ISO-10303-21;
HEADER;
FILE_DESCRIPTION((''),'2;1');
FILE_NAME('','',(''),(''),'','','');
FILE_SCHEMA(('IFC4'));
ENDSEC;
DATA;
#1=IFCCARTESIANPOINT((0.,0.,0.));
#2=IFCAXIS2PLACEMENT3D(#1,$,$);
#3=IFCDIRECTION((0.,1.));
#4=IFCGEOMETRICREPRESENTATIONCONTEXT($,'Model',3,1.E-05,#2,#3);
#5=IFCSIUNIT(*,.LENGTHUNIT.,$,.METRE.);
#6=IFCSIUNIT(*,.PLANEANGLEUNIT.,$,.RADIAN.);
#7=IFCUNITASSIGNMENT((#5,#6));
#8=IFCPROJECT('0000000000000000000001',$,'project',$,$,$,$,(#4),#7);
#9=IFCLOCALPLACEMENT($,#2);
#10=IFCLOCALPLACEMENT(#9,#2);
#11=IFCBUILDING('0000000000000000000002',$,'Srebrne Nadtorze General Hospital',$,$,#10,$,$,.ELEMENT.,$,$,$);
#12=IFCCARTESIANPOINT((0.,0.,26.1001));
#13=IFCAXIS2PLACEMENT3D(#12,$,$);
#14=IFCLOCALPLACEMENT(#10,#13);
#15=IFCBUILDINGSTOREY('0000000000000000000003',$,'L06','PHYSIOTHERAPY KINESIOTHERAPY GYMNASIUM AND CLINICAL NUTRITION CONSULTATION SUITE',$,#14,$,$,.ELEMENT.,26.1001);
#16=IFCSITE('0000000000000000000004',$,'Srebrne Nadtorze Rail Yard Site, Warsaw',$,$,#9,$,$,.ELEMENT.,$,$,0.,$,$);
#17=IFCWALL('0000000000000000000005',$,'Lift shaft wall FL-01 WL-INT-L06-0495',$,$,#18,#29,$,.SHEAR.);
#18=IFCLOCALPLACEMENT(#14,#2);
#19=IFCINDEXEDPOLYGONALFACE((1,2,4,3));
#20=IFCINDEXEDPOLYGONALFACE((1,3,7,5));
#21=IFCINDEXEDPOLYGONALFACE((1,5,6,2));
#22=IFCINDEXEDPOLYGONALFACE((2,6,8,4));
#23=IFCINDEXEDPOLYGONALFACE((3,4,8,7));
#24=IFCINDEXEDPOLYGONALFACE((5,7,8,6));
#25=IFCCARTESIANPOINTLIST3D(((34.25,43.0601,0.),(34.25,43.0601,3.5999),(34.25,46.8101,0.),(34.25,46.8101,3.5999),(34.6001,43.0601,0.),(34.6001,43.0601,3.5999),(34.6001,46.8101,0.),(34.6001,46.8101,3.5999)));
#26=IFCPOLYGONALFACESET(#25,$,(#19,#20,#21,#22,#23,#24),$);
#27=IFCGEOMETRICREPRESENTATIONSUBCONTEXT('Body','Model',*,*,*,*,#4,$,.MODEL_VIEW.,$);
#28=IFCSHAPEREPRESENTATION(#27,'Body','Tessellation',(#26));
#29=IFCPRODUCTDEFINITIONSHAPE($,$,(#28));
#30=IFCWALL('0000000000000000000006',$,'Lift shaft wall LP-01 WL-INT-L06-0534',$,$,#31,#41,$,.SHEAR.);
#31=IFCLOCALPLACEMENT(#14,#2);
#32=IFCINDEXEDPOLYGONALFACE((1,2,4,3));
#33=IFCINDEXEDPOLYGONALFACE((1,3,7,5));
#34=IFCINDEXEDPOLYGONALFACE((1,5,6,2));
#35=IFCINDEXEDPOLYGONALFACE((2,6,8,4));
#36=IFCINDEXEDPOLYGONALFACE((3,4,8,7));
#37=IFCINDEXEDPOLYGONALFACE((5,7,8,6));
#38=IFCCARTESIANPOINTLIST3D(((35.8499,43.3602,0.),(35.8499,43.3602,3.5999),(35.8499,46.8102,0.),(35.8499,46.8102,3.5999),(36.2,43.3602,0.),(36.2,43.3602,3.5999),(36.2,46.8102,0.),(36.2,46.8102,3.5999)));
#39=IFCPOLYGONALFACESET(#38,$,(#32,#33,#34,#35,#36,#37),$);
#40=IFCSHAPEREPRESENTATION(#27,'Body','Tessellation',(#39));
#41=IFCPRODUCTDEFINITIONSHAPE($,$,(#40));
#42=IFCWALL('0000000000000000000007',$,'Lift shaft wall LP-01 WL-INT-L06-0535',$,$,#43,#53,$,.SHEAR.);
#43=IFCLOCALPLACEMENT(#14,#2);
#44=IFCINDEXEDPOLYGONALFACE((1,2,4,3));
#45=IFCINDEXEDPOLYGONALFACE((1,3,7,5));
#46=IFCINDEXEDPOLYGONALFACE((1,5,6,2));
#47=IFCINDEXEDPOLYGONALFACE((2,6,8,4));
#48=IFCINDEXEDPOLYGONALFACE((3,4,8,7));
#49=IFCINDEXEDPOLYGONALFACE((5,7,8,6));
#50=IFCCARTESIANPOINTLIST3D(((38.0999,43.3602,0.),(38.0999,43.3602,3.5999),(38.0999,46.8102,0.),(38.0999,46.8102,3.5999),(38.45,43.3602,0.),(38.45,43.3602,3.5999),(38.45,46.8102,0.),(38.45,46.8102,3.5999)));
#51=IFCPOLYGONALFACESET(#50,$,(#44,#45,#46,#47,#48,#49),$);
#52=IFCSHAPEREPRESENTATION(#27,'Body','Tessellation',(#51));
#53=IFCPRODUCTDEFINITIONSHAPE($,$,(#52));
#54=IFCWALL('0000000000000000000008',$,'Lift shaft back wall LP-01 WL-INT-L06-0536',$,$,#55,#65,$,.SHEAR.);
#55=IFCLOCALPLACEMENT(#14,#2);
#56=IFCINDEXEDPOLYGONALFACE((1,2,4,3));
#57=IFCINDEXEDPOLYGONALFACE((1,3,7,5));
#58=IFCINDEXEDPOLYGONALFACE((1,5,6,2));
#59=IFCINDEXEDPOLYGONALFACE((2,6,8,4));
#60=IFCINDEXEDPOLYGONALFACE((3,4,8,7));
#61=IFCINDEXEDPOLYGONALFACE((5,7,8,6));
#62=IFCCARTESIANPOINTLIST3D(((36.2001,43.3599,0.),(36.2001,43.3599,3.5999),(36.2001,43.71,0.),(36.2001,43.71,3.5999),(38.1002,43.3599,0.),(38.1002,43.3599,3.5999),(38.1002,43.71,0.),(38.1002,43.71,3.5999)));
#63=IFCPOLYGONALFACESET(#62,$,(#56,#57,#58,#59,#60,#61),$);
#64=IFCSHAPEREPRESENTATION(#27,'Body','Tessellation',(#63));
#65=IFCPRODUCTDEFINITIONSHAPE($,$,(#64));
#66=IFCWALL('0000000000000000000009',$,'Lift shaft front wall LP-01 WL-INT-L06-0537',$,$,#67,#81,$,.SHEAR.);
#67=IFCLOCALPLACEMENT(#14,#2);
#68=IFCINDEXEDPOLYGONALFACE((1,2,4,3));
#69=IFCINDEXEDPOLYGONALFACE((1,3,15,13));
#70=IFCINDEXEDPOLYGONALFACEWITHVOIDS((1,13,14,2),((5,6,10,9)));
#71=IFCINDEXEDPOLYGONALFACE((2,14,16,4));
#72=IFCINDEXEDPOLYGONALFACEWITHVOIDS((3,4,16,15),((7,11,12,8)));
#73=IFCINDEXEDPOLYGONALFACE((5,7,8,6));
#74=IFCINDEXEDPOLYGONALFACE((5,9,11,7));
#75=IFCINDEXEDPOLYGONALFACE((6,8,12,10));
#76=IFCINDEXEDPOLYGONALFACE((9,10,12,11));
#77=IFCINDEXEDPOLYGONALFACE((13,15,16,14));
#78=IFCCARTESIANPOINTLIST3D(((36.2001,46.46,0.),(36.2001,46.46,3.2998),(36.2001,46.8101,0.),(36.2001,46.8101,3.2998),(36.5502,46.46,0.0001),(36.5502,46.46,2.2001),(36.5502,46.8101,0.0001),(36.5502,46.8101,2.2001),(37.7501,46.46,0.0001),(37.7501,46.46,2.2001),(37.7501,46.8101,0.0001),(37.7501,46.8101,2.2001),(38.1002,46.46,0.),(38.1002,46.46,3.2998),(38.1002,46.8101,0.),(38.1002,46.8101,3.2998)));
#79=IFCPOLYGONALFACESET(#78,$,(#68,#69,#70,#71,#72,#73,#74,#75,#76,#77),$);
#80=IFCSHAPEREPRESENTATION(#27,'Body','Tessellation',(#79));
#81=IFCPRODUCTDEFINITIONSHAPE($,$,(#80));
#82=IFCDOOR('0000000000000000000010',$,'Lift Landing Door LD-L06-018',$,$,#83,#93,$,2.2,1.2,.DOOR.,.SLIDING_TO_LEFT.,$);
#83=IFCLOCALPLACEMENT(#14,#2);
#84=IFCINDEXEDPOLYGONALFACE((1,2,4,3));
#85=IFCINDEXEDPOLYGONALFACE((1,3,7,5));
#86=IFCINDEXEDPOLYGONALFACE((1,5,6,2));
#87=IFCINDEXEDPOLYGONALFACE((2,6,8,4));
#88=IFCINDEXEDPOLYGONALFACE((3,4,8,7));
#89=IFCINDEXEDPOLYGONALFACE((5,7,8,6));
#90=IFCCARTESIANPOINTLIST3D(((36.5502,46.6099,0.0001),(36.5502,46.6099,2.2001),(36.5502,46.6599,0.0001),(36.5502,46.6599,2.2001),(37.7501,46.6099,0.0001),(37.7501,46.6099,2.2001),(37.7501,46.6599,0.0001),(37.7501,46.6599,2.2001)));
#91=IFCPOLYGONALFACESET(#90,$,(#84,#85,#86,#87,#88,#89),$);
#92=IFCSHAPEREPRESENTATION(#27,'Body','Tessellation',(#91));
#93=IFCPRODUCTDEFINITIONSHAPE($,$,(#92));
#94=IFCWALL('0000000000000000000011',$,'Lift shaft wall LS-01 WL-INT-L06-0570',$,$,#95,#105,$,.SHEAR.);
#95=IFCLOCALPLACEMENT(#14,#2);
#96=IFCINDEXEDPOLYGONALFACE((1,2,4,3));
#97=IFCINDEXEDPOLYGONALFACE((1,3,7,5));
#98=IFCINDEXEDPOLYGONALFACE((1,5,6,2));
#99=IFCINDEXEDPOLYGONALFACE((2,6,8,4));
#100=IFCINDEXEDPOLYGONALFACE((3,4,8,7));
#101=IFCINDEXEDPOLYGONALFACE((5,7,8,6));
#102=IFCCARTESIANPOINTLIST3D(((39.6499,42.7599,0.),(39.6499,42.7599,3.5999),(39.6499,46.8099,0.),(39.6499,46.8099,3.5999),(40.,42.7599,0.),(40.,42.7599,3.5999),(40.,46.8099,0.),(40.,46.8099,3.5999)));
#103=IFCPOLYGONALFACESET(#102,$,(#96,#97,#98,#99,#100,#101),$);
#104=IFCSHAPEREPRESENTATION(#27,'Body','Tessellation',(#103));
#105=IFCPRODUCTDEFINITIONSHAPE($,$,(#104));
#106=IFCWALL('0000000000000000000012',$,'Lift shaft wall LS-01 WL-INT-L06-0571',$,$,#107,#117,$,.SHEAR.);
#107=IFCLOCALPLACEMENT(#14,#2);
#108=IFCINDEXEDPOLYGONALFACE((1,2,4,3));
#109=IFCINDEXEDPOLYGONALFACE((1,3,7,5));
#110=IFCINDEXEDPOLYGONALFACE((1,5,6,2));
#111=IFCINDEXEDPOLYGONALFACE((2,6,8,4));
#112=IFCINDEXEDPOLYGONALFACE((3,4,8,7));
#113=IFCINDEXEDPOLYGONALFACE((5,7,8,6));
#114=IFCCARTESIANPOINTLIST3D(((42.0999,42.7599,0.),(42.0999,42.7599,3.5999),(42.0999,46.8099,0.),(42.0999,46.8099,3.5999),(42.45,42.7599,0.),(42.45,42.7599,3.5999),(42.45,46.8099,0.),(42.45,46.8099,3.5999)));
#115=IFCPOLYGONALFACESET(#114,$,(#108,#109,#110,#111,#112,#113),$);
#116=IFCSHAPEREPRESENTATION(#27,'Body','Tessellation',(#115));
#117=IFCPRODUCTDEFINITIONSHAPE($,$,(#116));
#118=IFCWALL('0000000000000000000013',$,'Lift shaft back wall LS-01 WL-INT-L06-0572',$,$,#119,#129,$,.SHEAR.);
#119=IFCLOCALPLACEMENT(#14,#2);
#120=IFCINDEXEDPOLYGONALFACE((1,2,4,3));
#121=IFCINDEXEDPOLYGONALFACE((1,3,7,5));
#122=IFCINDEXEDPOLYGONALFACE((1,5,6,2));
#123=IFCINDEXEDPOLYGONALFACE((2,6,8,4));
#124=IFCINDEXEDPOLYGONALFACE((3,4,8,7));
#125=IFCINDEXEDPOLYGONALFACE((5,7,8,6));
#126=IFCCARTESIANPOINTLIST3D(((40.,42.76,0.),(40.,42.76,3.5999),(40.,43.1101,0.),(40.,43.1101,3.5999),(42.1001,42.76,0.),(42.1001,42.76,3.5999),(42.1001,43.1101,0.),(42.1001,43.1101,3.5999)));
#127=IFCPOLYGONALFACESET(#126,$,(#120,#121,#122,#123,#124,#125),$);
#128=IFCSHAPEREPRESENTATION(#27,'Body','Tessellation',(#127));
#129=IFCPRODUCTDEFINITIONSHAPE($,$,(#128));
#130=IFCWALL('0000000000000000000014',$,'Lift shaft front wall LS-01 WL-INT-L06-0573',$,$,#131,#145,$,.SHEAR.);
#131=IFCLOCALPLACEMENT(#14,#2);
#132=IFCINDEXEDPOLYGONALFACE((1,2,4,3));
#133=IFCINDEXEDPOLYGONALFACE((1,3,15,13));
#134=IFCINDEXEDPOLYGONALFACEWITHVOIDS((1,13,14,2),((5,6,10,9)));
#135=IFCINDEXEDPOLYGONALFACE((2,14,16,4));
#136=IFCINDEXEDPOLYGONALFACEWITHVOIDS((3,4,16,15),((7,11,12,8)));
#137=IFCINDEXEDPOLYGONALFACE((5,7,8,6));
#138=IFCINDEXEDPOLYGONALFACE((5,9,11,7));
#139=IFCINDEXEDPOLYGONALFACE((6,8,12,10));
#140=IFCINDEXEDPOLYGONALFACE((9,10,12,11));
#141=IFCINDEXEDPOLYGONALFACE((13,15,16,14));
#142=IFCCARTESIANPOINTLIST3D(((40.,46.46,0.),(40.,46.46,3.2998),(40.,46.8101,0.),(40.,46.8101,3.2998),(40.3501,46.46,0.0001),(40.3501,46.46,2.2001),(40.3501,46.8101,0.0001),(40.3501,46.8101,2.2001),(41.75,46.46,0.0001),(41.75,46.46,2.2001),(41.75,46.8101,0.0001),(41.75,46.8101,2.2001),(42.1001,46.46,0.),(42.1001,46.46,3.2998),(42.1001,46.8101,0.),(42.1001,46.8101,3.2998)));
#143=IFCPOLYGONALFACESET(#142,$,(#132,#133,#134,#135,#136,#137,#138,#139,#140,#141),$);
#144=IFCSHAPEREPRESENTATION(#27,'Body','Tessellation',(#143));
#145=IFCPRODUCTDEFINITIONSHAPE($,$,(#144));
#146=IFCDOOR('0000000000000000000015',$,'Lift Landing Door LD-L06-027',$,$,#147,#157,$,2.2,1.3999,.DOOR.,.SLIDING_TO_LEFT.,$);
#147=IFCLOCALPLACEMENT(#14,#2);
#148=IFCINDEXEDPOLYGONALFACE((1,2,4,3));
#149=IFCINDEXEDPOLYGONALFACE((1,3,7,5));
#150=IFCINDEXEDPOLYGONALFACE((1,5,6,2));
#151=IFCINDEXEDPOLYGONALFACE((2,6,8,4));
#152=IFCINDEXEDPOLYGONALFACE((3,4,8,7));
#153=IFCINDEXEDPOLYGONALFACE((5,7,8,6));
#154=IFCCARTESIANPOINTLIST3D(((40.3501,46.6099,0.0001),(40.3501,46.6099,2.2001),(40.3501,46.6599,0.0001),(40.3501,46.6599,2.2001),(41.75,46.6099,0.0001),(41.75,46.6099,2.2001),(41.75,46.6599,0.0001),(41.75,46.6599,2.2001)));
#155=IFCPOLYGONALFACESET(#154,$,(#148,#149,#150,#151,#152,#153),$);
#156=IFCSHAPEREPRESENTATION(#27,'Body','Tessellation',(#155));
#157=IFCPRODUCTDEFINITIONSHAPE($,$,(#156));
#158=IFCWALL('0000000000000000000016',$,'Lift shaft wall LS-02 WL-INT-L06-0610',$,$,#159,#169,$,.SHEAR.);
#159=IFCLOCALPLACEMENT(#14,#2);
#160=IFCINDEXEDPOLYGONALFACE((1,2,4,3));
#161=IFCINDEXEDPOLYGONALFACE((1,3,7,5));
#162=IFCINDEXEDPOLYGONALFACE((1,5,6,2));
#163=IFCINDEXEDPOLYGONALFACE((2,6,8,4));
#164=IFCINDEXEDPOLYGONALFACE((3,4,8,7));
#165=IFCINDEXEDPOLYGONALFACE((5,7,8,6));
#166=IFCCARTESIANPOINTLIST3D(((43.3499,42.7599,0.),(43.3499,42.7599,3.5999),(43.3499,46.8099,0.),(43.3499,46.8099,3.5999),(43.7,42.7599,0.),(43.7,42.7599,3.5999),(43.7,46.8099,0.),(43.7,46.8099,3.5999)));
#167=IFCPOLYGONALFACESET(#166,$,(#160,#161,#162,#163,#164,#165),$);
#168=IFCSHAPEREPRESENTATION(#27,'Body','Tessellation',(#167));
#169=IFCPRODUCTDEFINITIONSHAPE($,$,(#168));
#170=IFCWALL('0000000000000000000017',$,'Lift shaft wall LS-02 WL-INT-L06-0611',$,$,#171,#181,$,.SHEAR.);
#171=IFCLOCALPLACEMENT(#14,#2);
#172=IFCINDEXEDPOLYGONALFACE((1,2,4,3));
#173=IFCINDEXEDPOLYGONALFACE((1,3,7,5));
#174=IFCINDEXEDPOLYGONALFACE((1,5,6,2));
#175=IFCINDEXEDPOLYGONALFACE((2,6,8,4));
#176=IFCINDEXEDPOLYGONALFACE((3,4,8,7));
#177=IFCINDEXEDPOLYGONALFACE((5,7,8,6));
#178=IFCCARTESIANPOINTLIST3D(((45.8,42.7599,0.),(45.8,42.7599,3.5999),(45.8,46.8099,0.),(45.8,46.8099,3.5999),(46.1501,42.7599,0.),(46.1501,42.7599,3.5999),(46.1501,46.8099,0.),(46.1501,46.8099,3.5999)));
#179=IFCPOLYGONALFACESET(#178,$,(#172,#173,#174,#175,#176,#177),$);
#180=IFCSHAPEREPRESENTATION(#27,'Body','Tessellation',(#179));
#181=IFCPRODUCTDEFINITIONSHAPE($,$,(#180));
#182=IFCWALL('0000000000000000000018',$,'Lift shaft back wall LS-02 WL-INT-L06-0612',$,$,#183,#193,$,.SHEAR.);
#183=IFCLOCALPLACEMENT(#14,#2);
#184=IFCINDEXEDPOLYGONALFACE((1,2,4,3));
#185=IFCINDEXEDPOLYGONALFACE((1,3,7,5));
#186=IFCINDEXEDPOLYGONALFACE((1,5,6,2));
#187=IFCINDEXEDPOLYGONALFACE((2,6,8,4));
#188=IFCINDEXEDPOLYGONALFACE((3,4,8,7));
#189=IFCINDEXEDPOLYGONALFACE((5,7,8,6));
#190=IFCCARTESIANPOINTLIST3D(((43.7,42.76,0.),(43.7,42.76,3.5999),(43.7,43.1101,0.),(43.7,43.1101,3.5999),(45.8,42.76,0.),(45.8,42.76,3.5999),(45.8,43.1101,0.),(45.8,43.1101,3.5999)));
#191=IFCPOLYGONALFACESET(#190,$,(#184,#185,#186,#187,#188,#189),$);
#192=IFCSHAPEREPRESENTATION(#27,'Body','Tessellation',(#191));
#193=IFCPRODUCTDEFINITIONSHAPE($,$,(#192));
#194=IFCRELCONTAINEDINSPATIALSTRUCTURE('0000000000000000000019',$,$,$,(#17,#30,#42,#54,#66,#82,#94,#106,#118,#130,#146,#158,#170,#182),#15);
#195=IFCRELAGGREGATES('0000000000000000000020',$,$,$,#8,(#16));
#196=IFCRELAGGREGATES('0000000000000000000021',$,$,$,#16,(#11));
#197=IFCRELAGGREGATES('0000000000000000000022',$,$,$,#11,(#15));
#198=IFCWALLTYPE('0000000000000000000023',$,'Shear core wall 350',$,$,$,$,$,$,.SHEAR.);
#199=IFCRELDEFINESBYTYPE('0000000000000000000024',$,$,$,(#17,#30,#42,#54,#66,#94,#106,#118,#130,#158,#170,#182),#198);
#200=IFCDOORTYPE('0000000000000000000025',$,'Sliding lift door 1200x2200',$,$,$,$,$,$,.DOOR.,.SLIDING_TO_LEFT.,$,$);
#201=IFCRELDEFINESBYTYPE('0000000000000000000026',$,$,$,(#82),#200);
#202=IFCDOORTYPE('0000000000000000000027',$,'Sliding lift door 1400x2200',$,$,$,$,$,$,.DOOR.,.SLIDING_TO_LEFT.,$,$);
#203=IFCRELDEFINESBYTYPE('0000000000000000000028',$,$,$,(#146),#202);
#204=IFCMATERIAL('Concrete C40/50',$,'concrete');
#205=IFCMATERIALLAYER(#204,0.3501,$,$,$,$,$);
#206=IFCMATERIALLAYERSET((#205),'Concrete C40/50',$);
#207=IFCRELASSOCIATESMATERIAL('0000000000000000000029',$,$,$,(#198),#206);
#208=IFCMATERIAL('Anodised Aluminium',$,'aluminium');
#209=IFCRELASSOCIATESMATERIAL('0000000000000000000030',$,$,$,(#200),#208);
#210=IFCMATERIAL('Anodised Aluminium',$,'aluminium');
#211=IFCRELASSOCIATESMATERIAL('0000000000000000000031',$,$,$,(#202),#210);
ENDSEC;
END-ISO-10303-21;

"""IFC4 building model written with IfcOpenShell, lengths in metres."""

from ifc_helpers import new_model, si_unit, direction, frame, frame_2d, origin, place, context, subcontext, project, spatial, rectangle, extrude, material, layer, layer_set, type_object, element, fill, save


model = new_model("IFC4")

# Units and contexts
model_context = context("Model", 3, precision=1e-05, world=origin(), true_north=direction((0.0, 1.0)))
body_context = subcontext(model_context, "Body", "Model", "MODEL_VIEW")
ifc_project = project(units=[si_unit("LENGTHUNIT", "METRE"), si_unit("PLANEANGLEUNIT", "RADIAN")], contexts=[model_context])

# Site, building, storey
site_placement = place(None, origin())
site = spatial("IfcSite", under=ifc_project, at=site_placement, Name="Srebrne Nadtorze Rail Yard Site, Warsaw", CompositionType="ELEMENT", RefElevation=0.0)
building_placement = place(site_placement, origin())
building = spatial("IfcBuilding", under=site, at=building_placement, Name="Srebrne Nadtorze General Hospital", CompositionType="ELEMENT")
storey_placement = place(building_placement, frame((0.0, 0.0, 26.1001)))
storey = spatial("IfcBuildingStorey", under=building, at=storey_placement, Name="L06", Description="PHYSIOTHERAPY KINESIOTHERAPY GYMNASIUM AND CLINICAL NUTRITION CONSULTATION SUITE", CompositionType="ELEMENT", Elevation=26.1001)

# Walls
ifc_material_1 = material(Name="Concrete C40/50", Category="concrete")
ifc_layer_1 = layer(ifc_material_1, 0.3501)
ifc_layer_set_1 = layer_set([ifc_layer_1], Name="Concrete C40/50")
wall_type_1 = type_object("IfcWallType", Name="Shear core wall 350", PredefinedType="SHEAR", material=ifc_layer_set_1)
wall_1_placement = place(storey_placement, frame((34.425, 43.0601, 0.0), z_axis=(0.0, 0.0, 1.0), x_axis=(0.0, 1.0, 0.0)))
element("IfcWall", 1, at=wall_1_placement, inside=storey, type_object=wall_type_1, Name="Lift shaft wall FL-01 WL-INT-L06-0495", PredefinedType="SHEAR", context=body_context, shape_type="SweptSolid", body=[
    extrude(rectangle(XDim=3.75, YDim=0.3501, at=frame_2d((1.875, 0.0))), origin(), (0.0, 0.0, 1.0), 3.5999),
])
for number, where, z_axis, x_axis, name in (
    (2, (36.0249, 43.3601, 0.0), (0.0, 0.0, 1.0), (0.0, 1.0, 0.0), "Lift shaft wall LP-01 WL-INT-L06-0534"),
    (3, (38.2749, 43.3601, 0.0), (0.0, 0.0, 1.0), (0.0, 1.0, 0.0), "Lift shaft wall LP-01 WL-INT-L06-0535"),
):
    element("IfcWall", number, at=place(storey_placement, frame(where, z_axis=z_axis, x_axis=x_axis)), inside=storey, type_object=wall_type_1, Name=name, PredefinedType="SHEAR", context=body_context, shape_type="SweptSolid", body=[
        extrude(rectangle(XDim=3.45, YDim=0.3501, at=frame_2d((1.7251, 0.0))), origin(), (0.0, 0.0, 1.0), 3.5999),
    ])
wall_2_placement = place(storey_placement, frame((36.2, 43.5349, 0.0), z_axis=(0.0, 0.0, 1.0), x_axis=(1.0, 0.0, 0.0)))
element("IfcWall", 4, at=wall_2_placement, inside=storey, type_object=wall_type_1, Name="Lift shaft back wall LP-01 WL-INT-L06-0536", PredefinedType="SHEAR", context=body_context, shape_type="SweptSolid", body=[
    extrude(rectangle(XDim=1.9001, YDim=0.3501, at=frame_2d((0.9502, 0.0))), origin(), (0.0, 0.0, 1.0), 3.5999),
])

# Wall, opening, door
wall_3_placement = place(storey_placement, frame((36.2, 46.635, 0.0), z_axis=(0.0, 0.0, 1.0), x_axis=(1.0, 0.0, 0.0)))
wall_3 = element("IfcWall", 5, at=wall_3_placement, inside=storey, type_object=wall_type_1, Name="Lift shaft front wall LP-01 WL-INT-L06-0537", PredefinedType="SHEAR", context=body_context, shape_type="SweptSolid", body=[
    extrude(rectangle(XDim=1.9001, YDim=0.3501, at=frame_2d((0.9502, 0.0))), origin(), (0.0, 0.0, 1.0), 3.2998),
])
opening_1_placement = place(wall_3_placement, frame((0.3501, 0.0, 0.0)))
opening_1 = element("IfcOpeningElement", 6, at=opening_1_placement, cuts=wall_3, PredefinedType="OPENING", context=body_context, shape_type="SweptSolid", body=[
    extrude(rectangle(XDim=1.2, YDim=2.2, at=frame_2d((0.6001, 1.1001))), frame((0.0, 0.187, 0.0), z_axis=(0.0, -1.0, 0.0), x_axis=(1.0, 0.0, 0.0)), (0.0, 0.0, 1.0), 0.374),
])
ifc_material_2 = material(Name="Anodised Aluminium", Category="aluminium")
door_type_1 = type_object("IfcDoorType", Name="Sliding lift door 1200x2200", OperationType="SLIDING_TO_LEFT", PredefinedType="DOOR", material=ifc_material_2)
door_1_placement = place(opening_1_placement, origin())
door_1 = element("IfcDoor", 7, at=door_1_placement, inside=storey, type_object=door_type_1, Name="Lift Landing Door LD-L06-018", OperationType="SLIDING_TO_LEFT", OverallHeight=2.2, OverallWidth=1.2, PredefinedType="DOOR", context=body_context, shape_type="SweptSolid", body=[
    extrude(rectangle(XDim=1.2, YDim=2.2, at=frame_2d((0.6001, 1.1001))), frame((0.0, 0.0249, 0.0), z_axis=(0.0, -1.0, 0.0), x_axis=(1.0, 0.0, 0.0)), (0.0, 0.0, 1.0), 0.05),
])
fill(opening_1, door_1)

# Walls
for number, where, z_axis, x_axis, name in (
    (8, (39.825, 42.76, 0.0), (0.0, 0.0, 1.0), (0.0, 1.0, 0.0), "Lift shaft wall LS-01 WL-INT-L06-0570"),
    (9, (42.2749, 42.76, 0.0), (0.0, 0.0, 1.0), (0.0, 1.0, 0.0), "Lift shaft wall LS-01 WL-INT-L06-0571"),
):
    element("IfcWall", number, at=place(storey_placement, frame(where, z_axis=z_axis, x_axis=x_axis)), inside=storey, type_object=wall_type_1, Name=name, PredefinedType="SHEAR", context=body_context, shape_type="SweptSolid", body=[
        extrude(rectangle(XDim=4.05, YDim=0.3501, at=frame_2d((2.0249, 0.0))), origin(), (0.0, 0.0, 1.0), 3.5999),
    ])
wall_4_placement = place(storey_placement, frame((40.0, 42.9351, 0.0), z_axis=(0.0, 0.0, 1.0), x_axis=(1.0, 0.0, 0.0)))
element("IfcWall", 10, at=wall_4_placement, inside=storey, type_object=wall_type_1, Name="Lift shaft back wall LS-01 WL-INT-L06-0572", PredefinedType="SHEAR", context=body_context, shape_type="SweptSolid", body=[
    extrude(rectangle(XDim=2.1001, YDim=0.3501, at=frame_2d((1.05, 0.0))), origin(), (0.0, 0.0, 1.0), 3.5999),
])

# Wall, opening, door
wall_5_placement = place(storey_placement, frame((40.0, 46.635, 0.0), z_axis=(0.0, 0.0, 1.0), x_axis=(1.0, 0.0, 0.0)))
wall_5 = element("IfcWall", 11, at=wall_5_placement, inside=storey, type_object=wall_type_1, Name="Lift shaft front wall LS-01 WL-INT-L06-0573", PredefinedType="SHEAR", context=body_context, shape_type="SweptSolid", body=[
    extrude(rectangle(XDim=2.1001, YDim=0.3501, at=frame_2d((1.05, 0.0))), origin(), (0.0, 0.0, 1.0), 3.2998),
])
opening_2_placement = place(wall_5_placement, frame((0.3501, 0.0, 0.0)))
opening_2 = element("IfcOpeningElement", 12, at=opening_2_placement, cuts=wall_5, PredefinedType="OPENING", context=body_context, shape_type="SweptSolid", body=[
    extrude(rectangle(XDim=1.3999, YDim=2.2, at=frame_2d((0.7, 1.1001))), frame((0.0, 0.187, 0.0), z_axis=(0.0, -1.0, 0.0), x_axis=(1.0, 0.0, 0.0)), (0.0, 0.0, 1.0), 0.374),
])
ifc_material_3 = material(Name="Anodised Aluminium", Category="aluminium")
door_type_2 = type_object("IfcDoorType", Name="Sliding lift door 1400x2200", OperationType="SLIDING_TO_LEFT", PredefinedType="DOOR", material=ifc_material_3)
door_2_placement = place(opening_2_placement, origin())
door_2 = element("IfcDoor", 13, at=door_2_placement, inside=storey, type_object=door_type_2, Name="Lift Landing Door LD-L06-027", OperationType="SLIDING_TO_LEFT", OverallHeight=2.2, OverallWidth=1.3999, PredefinedType="DOOR", context=body_context, shape_type="SweptSolid", body=[
    extrude(rectangle(XDim=1.3999, YDim=2.2, at=frame_2d((0.7, 1.1001))), frame((0.0, 0.0249, 0.0), z_axis=(0.0, -1.0, 0.0), x_axis=(1.0, 0.0, 0.0)), (0.0, 0.0, 1.0), 0.05),
])
fill(opening_2, door_2)

# Walls
for number, where, z_axis, x_axis, name in (
    (14, (43.5249, 42.76, 0.0), (0.0, 0.0, 1.0), (0.0, 1.0, 0.0), "Lift shaft wall LS-02 WL-INT-L06-0610"),
    (15, (45.9751, 42.76, 0.0), (0.0, 0.0, 1.0), (0.0, 1.0, 0.0), "Lift shaft wall LS-02 WL-INT-L06-0611"),
):
    element("IfcWall", number, at=place(storey_placement, frame(where, z_axis=z_axis, x_axis=x_axis)), inside=storey, type_object=wall_type_1, Name=name, PredefinedType="SHEAR", context=body_context, shape_type="SweptSolid", body=[
        extrude(rectangle(XDim=4.05, YDim=0.3501, at=frame_2d((2.0249, 0.0))), origin(), (0.0, 0.0, 1.0), 3.5999),
    ])
wall_6_placement = place(storey_placement, frame((43.7, 42.9351, 0.0), z_axis=(0.0, 0.0, 1.0), x_axis=(1.0, 0.0, 0.0)))
element("IfcWall", 16, at=wall_6_placement, inside=storey, type_object=wall_type_1, Name="Lift shaft back wall LS-02 WL-INT-L06-0612", PredefinedType="SHEAR", context=body_context, shape_type="SweptSolid", body=[
    extrude(rectangle(XDim=2.1001, YDim=0.3501, at=frame_2d((1.05, 0.0))), origin(), (0.0, 0.0, 1.0), 3.5999),
])

save(model, "model.ifc")
